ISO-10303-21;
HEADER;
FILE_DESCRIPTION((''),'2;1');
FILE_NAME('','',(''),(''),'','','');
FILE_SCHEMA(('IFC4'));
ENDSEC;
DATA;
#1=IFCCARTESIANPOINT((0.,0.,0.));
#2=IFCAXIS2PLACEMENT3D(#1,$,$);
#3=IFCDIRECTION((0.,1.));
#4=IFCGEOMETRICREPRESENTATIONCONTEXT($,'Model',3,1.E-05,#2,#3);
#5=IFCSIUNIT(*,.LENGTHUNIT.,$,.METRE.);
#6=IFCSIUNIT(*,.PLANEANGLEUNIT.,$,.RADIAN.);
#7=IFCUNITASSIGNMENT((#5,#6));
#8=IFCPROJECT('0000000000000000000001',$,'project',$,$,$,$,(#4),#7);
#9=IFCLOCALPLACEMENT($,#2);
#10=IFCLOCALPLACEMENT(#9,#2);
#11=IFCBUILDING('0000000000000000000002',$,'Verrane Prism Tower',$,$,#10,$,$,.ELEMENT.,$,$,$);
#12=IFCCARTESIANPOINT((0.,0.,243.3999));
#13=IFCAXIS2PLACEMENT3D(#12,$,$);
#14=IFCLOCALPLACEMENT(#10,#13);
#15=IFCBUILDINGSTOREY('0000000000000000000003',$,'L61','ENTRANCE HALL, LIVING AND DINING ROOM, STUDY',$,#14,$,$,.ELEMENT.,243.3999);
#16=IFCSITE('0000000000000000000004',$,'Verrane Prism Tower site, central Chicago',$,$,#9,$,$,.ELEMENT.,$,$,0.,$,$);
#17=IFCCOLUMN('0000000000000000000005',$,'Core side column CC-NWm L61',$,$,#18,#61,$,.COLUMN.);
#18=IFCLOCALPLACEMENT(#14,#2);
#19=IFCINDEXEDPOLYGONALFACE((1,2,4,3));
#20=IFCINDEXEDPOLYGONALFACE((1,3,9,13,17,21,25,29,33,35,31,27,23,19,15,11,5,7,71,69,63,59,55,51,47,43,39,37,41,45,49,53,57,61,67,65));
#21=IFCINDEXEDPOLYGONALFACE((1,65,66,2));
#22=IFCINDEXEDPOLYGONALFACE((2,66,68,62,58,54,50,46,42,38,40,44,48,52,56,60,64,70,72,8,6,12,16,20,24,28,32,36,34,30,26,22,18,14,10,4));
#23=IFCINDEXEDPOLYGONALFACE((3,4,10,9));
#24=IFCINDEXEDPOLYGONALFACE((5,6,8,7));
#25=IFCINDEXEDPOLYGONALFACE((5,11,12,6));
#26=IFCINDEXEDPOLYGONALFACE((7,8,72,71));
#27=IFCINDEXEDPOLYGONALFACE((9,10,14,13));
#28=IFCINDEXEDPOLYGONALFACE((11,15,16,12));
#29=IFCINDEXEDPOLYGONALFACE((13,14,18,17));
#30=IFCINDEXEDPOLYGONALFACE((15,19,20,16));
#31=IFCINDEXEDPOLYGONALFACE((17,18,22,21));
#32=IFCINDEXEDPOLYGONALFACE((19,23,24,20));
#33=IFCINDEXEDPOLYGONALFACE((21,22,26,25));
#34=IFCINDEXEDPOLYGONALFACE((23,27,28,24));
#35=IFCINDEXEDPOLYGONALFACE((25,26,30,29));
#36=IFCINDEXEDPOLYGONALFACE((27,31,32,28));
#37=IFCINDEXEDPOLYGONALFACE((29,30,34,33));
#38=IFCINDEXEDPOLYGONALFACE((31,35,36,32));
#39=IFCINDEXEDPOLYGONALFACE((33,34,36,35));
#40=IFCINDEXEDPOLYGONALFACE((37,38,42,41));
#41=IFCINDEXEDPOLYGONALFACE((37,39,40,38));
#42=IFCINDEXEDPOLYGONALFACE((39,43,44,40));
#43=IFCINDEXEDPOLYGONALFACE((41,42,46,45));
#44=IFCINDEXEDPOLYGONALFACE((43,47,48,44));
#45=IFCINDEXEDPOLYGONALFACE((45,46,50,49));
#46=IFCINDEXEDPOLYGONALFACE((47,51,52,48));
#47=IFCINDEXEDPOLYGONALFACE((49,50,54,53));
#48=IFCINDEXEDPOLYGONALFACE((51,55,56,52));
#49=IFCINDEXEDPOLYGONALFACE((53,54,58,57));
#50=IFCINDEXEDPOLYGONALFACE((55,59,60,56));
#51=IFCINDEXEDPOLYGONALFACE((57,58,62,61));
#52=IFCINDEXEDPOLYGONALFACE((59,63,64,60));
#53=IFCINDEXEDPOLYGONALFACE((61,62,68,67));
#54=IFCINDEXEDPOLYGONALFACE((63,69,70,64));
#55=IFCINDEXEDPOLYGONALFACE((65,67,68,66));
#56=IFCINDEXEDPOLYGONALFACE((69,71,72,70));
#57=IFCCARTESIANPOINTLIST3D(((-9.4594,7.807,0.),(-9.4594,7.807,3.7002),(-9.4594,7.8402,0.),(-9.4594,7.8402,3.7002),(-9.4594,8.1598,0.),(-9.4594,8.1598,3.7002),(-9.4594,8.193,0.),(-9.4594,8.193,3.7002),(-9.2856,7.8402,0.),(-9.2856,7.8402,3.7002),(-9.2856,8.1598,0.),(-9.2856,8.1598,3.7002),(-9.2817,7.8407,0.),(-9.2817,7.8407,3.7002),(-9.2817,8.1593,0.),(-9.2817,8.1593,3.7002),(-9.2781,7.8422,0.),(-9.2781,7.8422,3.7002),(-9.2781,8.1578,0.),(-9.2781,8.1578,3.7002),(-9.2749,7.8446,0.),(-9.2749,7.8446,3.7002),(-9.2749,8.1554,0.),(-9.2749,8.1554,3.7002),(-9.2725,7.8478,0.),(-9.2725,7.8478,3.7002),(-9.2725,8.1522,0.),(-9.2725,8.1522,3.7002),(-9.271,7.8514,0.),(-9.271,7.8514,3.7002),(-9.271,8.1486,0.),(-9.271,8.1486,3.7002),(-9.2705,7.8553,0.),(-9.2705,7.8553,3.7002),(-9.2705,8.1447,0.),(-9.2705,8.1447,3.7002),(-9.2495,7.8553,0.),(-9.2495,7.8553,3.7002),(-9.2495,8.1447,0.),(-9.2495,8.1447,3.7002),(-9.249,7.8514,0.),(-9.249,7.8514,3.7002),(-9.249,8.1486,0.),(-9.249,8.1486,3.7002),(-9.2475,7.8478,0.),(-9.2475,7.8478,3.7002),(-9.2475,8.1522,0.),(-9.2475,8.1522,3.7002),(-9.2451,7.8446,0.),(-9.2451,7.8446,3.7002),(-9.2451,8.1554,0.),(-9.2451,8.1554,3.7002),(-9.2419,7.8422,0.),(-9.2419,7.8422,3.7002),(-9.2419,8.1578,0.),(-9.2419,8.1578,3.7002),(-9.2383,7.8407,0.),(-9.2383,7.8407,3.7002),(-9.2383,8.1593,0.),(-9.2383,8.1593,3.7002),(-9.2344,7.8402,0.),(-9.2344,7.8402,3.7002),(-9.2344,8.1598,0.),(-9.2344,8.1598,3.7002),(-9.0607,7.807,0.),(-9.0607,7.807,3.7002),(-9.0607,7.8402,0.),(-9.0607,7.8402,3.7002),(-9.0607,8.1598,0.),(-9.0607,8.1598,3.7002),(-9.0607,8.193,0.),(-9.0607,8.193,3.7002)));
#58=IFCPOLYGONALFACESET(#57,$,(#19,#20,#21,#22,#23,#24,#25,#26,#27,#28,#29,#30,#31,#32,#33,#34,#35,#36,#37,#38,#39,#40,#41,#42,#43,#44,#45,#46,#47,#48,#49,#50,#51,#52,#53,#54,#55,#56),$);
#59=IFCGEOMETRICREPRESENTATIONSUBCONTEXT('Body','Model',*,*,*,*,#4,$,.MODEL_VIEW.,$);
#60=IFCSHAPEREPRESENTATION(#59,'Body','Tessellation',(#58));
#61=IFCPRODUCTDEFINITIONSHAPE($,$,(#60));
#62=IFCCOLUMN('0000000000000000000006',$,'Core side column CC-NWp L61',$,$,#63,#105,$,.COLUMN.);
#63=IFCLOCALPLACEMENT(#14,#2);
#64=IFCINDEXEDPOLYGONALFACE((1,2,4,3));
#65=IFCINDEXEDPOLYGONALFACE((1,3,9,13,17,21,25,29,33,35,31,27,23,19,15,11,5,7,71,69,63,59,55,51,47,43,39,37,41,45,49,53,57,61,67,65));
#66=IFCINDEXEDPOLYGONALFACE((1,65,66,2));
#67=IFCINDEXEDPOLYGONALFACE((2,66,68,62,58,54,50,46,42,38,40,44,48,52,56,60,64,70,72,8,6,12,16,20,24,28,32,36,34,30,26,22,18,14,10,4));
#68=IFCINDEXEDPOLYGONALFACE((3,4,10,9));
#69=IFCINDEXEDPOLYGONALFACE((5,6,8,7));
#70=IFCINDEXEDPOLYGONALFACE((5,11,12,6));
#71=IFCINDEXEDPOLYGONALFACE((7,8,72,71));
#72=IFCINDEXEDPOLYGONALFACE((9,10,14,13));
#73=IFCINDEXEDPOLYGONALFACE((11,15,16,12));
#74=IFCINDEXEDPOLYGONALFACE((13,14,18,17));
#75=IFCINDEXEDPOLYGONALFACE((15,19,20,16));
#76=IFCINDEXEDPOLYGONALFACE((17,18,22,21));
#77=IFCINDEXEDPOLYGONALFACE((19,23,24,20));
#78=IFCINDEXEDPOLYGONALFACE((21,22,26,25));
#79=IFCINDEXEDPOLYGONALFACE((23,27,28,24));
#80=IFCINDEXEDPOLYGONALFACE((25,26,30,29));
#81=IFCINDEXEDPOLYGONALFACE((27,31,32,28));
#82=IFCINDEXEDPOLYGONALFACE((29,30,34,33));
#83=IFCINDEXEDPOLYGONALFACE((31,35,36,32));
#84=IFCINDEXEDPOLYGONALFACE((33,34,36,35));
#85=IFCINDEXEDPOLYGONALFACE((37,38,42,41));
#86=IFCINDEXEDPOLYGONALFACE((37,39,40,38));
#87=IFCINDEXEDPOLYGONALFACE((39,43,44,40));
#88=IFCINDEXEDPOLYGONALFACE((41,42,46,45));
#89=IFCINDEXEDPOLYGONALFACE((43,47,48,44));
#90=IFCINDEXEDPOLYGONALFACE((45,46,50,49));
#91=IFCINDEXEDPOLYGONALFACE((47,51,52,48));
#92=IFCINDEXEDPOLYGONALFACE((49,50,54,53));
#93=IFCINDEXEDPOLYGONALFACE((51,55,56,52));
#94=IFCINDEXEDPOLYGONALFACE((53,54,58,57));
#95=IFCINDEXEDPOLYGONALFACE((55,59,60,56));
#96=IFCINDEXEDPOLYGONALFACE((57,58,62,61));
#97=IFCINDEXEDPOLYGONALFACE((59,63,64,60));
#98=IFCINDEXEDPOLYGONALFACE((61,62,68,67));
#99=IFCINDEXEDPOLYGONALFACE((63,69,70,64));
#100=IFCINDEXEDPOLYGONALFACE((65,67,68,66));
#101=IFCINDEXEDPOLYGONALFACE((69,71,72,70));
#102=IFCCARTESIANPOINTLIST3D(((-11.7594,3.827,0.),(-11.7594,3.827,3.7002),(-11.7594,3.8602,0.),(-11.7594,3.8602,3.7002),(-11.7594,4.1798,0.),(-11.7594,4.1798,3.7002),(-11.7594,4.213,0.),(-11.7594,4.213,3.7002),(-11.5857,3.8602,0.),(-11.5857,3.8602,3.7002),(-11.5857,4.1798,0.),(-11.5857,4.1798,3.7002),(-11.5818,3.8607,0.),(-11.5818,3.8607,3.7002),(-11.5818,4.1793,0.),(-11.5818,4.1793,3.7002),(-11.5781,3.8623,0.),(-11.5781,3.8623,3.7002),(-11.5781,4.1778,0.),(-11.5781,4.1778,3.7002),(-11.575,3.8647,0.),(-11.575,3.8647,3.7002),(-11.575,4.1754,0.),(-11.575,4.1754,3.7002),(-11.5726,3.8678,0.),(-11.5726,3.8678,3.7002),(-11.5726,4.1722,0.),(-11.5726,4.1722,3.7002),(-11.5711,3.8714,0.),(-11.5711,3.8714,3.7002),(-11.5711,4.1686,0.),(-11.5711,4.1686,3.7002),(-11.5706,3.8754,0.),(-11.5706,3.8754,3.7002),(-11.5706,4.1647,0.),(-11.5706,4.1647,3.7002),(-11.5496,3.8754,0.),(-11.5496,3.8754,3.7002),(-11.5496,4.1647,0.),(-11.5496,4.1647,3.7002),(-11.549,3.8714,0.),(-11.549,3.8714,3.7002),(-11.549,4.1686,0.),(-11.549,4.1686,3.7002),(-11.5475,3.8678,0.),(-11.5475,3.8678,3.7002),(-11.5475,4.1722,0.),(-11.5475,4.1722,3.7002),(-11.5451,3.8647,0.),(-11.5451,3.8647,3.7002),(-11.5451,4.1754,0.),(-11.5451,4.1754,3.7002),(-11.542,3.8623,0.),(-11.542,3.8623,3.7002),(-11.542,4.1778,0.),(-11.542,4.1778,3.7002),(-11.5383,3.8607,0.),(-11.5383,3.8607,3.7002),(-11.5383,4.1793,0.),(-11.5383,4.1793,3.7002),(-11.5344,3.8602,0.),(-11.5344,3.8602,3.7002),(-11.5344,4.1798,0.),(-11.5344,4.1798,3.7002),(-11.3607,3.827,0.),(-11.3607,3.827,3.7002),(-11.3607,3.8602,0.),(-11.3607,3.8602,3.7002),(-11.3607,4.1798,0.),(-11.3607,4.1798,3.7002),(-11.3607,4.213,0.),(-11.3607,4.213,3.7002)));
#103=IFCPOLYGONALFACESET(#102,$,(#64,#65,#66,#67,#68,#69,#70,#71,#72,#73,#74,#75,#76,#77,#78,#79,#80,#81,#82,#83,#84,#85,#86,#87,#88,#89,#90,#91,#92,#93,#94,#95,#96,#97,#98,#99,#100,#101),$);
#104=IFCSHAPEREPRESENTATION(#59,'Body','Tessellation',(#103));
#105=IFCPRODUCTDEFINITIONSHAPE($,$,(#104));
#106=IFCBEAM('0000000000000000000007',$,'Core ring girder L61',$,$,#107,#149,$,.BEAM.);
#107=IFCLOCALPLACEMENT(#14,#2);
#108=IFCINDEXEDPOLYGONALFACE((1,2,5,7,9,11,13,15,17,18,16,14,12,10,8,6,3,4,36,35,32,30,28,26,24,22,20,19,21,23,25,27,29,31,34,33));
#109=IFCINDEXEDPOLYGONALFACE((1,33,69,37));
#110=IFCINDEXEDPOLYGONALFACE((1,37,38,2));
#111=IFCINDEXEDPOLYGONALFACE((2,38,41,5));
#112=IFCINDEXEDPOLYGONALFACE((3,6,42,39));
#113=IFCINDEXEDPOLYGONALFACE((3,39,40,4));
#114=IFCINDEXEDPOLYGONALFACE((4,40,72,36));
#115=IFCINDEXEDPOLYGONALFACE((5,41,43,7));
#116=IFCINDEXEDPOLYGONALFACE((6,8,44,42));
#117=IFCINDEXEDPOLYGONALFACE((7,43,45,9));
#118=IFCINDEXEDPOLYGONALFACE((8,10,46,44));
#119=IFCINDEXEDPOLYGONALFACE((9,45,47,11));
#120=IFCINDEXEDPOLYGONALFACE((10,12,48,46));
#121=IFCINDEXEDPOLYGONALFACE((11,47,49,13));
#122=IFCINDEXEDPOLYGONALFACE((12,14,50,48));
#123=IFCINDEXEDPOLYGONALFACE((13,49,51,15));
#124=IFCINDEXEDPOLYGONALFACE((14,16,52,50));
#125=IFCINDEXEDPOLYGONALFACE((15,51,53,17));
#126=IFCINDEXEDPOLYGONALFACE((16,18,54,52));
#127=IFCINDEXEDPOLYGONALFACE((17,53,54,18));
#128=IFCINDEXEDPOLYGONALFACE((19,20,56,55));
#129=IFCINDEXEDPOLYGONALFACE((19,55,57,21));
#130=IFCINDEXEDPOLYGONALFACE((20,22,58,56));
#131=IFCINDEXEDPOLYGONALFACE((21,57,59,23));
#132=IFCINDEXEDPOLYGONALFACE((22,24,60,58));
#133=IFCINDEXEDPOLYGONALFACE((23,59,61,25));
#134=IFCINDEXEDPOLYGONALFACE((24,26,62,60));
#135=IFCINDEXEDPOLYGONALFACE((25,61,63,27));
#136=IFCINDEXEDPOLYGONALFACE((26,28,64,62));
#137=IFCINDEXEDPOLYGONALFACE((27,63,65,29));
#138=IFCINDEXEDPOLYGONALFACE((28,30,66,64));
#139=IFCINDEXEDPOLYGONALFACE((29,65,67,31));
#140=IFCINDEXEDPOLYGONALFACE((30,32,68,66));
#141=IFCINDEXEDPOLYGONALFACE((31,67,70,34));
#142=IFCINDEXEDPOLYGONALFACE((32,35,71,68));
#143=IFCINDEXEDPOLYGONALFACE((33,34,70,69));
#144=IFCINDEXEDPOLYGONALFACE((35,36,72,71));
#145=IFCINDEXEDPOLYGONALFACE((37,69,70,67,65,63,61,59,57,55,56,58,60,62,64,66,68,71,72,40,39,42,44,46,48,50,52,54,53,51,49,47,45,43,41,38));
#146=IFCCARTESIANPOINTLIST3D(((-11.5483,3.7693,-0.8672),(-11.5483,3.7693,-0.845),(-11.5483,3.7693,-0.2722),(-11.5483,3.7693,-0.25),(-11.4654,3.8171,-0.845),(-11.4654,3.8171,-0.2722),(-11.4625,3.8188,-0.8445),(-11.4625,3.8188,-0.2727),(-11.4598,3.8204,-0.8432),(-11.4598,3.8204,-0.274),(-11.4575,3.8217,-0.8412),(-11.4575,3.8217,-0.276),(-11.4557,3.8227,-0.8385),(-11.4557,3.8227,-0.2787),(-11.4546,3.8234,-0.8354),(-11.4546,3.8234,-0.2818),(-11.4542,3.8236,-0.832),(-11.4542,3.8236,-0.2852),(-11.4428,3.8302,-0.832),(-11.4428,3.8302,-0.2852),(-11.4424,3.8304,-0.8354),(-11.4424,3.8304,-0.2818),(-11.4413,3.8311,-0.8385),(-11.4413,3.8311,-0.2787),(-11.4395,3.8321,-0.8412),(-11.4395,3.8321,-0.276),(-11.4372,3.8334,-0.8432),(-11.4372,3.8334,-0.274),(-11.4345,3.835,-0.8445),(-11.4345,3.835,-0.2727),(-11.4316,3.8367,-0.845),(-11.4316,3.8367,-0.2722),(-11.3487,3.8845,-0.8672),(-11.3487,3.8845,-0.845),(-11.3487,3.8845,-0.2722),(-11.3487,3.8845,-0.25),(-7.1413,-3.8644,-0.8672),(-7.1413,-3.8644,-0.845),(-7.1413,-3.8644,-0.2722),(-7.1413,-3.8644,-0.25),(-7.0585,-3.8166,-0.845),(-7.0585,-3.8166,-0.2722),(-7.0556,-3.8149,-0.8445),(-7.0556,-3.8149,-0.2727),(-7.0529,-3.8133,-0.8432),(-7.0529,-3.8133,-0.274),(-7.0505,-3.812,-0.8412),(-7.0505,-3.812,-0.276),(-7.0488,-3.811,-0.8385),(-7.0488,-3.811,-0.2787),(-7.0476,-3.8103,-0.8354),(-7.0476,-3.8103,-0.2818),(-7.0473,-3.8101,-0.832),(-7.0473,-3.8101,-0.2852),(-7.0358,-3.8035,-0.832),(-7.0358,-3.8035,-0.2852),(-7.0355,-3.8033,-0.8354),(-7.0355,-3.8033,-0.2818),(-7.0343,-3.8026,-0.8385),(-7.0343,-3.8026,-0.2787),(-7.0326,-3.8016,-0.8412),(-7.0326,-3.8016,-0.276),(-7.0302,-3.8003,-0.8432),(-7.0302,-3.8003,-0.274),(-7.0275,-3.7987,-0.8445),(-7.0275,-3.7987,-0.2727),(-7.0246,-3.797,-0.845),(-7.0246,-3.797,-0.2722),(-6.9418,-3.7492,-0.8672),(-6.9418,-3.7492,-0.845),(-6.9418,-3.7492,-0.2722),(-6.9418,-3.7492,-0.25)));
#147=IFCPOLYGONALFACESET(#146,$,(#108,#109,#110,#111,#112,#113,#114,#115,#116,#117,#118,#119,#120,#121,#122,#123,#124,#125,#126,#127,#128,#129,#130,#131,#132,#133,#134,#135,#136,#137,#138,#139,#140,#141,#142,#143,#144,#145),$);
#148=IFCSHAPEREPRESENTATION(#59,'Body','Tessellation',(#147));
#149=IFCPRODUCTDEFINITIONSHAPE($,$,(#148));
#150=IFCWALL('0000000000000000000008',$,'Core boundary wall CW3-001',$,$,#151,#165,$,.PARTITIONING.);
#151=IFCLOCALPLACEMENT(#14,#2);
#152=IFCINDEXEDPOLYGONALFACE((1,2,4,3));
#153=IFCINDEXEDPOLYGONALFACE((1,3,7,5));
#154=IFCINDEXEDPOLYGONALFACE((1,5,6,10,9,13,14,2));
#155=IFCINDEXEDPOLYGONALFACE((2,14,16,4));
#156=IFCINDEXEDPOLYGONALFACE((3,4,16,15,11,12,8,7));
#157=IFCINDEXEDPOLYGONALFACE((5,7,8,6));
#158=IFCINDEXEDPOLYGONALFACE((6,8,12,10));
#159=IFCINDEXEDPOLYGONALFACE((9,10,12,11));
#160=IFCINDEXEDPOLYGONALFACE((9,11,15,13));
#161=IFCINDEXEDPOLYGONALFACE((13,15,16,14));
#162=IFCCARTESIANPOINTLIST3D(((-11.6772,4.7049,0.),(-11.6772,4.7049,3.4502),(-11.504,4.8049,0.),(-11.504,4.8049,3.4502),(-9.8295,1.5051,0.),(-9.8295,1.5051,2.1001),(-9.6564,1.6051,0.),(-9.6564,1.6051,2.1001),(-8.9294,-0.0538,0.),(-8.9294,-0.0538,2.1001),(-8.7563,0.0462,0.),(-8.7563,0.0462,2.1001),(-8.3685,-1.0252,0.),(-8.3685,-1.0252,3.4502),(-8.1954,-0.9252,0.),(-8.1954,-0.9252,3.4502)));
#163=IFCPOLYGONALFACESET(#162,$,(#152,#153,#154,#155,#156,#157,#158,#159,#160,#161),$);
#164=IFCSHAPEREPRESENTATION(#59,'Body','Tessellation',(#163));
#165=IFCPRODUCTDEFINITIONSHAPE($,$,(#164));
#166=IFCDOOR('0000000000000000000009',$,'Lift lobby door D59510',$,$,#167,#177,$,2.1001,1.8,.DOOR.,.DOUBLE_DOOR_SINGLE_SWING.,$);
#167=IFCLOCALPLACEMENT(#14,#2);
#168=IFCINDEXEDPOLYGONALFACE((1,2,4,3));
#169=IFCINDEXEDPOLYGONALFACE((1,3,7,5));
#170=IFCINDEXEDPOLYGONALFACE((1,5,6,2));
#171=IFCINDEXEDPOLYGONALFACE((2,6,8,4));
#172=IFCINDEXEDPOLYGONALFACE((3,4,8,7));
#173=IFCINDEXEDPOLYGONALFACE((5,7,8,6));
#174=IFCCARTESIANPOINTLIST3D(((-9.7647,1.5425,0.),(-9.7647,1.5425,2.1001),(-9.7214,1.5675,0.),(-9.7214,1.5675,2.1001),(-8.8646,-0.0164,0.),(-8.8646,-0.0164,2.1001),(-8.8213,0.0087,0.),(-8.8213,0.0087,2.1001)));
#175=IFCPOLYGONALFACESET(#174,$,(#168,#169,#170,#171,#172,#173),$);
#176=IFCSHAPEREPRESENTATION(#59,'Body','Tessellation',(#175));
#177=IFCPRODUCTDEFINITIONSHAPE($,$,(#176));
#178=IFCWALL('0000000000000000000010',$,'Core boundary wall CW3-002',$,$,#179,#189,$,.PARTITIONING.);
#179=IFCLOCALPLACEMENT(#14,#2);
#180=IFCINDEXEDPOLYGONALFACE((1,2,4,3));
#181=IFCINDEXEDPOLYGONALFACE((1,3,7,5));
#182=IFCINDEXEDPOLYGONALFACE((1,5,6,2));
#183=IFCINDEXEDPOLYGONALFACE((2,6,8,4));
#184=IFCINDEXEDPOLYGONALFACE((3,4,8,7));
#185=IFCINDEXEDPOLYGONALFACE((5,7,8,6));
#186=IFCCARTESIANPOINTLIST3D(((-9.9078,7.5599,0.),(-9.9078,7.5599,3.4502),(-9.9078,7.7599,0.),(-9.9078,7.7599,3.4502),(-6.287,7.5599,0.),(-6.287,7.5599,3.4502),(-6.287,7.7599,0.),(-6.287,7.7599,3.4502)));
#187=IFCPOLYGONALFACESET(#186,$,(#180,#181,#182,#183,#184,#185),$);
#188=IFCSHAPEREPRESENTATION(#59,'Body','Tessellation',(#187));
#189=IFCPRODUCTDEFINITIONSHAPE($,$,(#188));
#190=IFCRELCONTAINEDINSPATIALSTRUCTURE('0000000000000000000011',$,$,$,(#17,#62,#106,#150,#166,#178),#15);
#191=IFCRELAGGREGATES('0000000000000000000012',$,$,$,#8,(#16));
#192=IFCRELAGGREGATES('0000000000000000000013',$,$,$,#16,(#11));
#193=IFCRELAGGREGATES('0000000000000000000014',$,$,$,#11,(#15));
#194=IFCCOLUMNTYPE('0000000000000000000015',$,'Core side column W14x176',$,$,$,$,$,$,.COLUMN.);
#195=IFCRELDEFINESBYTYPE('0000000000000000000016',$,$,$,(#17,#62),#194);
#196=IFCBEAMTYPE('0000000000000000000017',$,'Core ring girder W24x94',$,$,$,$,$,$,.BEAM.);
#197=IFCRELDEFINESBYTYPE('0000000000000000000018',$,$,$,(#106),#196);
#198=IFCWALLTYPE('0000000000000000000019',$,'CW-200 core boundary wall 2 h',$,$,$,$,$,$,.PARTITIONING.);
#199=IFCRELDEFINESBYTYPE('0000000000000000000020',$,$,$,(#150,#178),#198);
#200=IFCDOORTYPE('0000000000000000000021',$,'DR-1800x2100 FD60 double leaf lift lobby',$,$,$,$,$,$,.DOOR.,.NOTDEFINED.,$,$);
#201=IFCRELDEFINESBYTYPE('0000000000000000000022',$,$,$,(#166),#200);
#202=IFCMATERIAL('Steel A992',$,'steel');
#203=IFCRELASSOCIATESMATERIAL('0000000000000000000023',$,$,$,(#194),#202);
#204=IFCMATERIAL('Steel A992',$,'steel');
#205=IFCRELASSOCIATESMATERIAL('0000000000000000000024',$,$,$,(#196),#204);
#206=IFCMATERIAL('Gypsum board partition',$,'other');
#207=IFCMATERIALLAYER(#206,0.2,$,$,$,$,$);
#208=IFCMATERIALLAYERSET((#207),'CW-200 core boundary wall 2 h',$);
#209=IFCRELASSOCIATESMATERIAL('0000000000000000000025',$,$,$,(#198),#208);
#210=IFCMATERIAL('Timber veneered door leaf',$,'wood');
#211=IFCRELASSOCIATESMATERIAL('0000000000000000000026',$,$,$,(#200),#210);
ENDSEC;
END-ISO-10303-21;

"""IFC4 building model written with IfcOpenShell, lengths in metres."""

from ifc_helpers import new_model, si_unit, direction, frame, frame_2d, origin, origin_2d, place, context, subcontext, project, spatial, rectangle, i_section, extrude, material, layer, layer_set, material_profile, profile_set, type_object, element, fill, save


model = new_model("IFC4")

# Units and contexts
model_context = context("Model", 3, precision=1e-05, world=origin(), true_north=direction((0.0, 1.0)))
body_context = subcontext(model_context, "Body", "Model", "MODEL_VIEW")
ifc_project = project(units=[si_unit("LENGTHUNIT", "METRE"), si_unit("PLANEANGLEUNIT", "RADIAN")], contexts=[model_context])

# Site, building, storey
site_placement = place(None, origin())
site = spatial("IfcSite", under=ifc_project, at=site_placement, Name="Verrane Prism Tower site, central Chicago", CompositionType="ELEMENT", RefElevation=0.0)
building_placement = place(site_placement, origin())
building = spatial("IfcBuilding", under=site, at=building_placement, Name="Verrane Prism Tower", CompositionType="ELEMENT")
storey_placement = place(building_placement, frame((0.0, 0.0, 243.3999)))
storey = spatial("IfcBuildingStorey", under=building, at=storey_placement, Name="L61", Description="ENTRANCE HALL, LIVING AND DINING ROOM, STUDY", CompositionType="ELEMENT", Elevation=243.3999)

# Columns
ifc_material_1 = material(Name="Steel A992", Category="steel")
ifc_material_profile_1 = material_profile(ifc_material_1, i_section(OverallWidth=0.3987, OverallDepth=0.386, WebThickness=0.021, FlangeThickness=0.0332, FilletRadius=0.0151, at=origin_2d()), Name="W14x176")
ifc_profile_set_1 = profile_set([ifc_material_profile_1], Name="Steel A992")
column_type = type_object("IfcColumnType", Name="Core side column W14x176", PredefinedType="COLUMN", material=ifc_profile_set_1)
for number, where, z_axis, x_axis, name in (
    (1, (-9.26, 8.0, 0.0), (0.0, 0.0, 1.0), (1.0, 0.0, 0.0), "Core side column CC-NWm L61"),
    (2, (-11.5601, 4.02, 0.0), (0.0, 0.0, 1.0), (1.0, 0.0, 0.0), "Core side column CC-NWp L61"),
):
    element("IfcColumn", number, at=place(storey_placement, frame(where, z_axis=z_axis, x_axis=x_axis)), inside=storey, type_object=column_type, Name=name, PredefinedType="COLUMN", context=body_context, shape_type="SweptSolid", body=[
        extrude(i_section(OverallWidth=0.3987, OverallDepth=0.386, WebThickness=0.021, FlangeThickness=0.0332, FilletRadius=0.0151, at=origin_2d()), origin(), (0.0, 0.0, 1.0), 3.7002),
    ])

# Beam
ifc_material_2 = material(Name="Steel A992", Category="steel")
ifc_material_profile_2 = material_profile(ifc_material_2, i_section(OverallWidth=0.2305, OverallDepth=0.6172, WebThickness=0.0132, FlangeThickness=0.0222, FilletRadius=0.0129, at=origin_2d()), Name="W24x94")
ifc_profile_set_2 = profile_set([ifc_material_profile_2], Name="Steel A992")
beam_type = type_object("IfcBeamType", Name="Core ring girder W24x94", PredefinedType="BEAM", material=ifc_profile_set_2)
beam_placement = place(storey_placement, frame((-11.4485, 3.8269, -0.5586), z_axis=(0.499967, -0.866044, 0.0), x_axis=(0.866044, 0.499967, 0.0)))
element("IfcBeam", 3, at=beam_placement, inside=storey, type_object=beam_type, Name="Core ring girder L61", PredefinedType="BEAM", context=body_context, shape_type="SweptSolid", body=[
    extrude(i_section(OverallWidth=0.2305, OverallDepth=0.6172, WebThickness=0.0132, FlangeThickness=0.0222, FilletRadius=0.0129, at=origin_2d()), origin(), (0.0, 0.0, 1.0), 8.8145),
])

# Wall, opening, door
ifc_material_3 = material(Name="Gypsum board partition", Category="other")
ifc_layer_1 = layer(ifc_material_3, 0.2)
ifc_layer_set_1 = layer_set([ifc_layer_1], Name="CW-200 core boundary wall 2 h")
wall_type_1 = type_object("IfcWallType", Name="CW-200 core boundary wall 2 h", PredefinedType="PARTITIONING", material=ifc_layer_set_1)
wall_1_placement = place(storey_placement, frame((-11.5906, 4.7549, 0.0), z_axis=(0.0, 0.0, 1.0), x_axis=(0.500044, -0.866, 0.0)))
wall_1 = element("IfcWall", 4, at=wall_1_placement, inside=storey, type_object=wall_type_1, Name="Core boundary wall CW3-001", PredefinedType="PARTITIONING", context=body_context, shape_type="SweptSolid", body=[
    extrude(rectangle(XDim=6.6167, YDim=0.2, at=frame_2d((3.3083, 0.0))), origin(), (0.0, 0.0, 1.0), 3.4502),
])
opening_1_placement = place(wall_1_placement, frame((3.6951, 0.0, 0.0)))
opening_1 = element("IfcOpeningElement", 5, at=opening_1_placement, cuts=wall_1, PredefinedType="OPENING", context=body_context, shape_type="SweptSolid", body=[
    extrude(rectangle(XDim=1.8, YDim=2.1001, at=frame_2d((0.8999, 1.05))), frame((0.0, 0.1099, 0.0), z_axis=(0.0, -1.0, 0.0), x_axis=(1.0, 0.0, 0.0)), (0.0, 0.0, 1.0), 0.22),
])
ifc_material_4 = material(Name="Timber veneered door leaf", Category="wood")
door_type_1 = type_object("IfcDoorType", Name="DR-1800x2100 FD60 double leaf lift lobby", OperationType="NOTDEFINED", PredefinedType="DOOR", material=ifc_material_4)
door_1_placement = place(opening_1_placement, origin())
door_1 = element("IfcDoor", 6, at=door_1_placement, inside=storey, type_object=door_type_1, Name="Lift lobby door D59510", OperationType="DOUBLE_DOOR_SINGLE_SWING", OverallHeight=2.1001, OverallWidth=1.8, PredefinedType="DOOR", context=body_context, shape_type="SweptSolid", body=[
    extrude(rectangle(XDim=1.8, YDim=2.1001, at=frame_2d((0.8999, 1.05))), frame((0.0, 0.0249, 0.0), z_axis=(0.0, -1.0, 0.0), x_axis=(1.0, 0.0, 0.0)), (0.0, 0.0, 1.0), 0.05),
])
fill(opening_1, door_1)

# Wall
wall_2_placement = place(storey_placement, frame((-9.908, 7.6599, 0.0), z_axis=(0.0, 0.0, 1.0), x_axis=(1.0, 0.0, 0.0)))
element("IfcWall", 7, at=wall_2_placement, inside=storey, type_object=wall_type_1, Name="Core boundary wall CW3-002", PredefinedType="PARTITIONING", context=body_context, shape_type="SweptSolid", body=[
    extrude(rectangle(XDim=3.6208, YDim=0.2, at=frame_2d((1.8105, 0.0))), origin(), (0.0, 0.0, 1.0), 3.4502),
])

save(model, "model.ifc")
